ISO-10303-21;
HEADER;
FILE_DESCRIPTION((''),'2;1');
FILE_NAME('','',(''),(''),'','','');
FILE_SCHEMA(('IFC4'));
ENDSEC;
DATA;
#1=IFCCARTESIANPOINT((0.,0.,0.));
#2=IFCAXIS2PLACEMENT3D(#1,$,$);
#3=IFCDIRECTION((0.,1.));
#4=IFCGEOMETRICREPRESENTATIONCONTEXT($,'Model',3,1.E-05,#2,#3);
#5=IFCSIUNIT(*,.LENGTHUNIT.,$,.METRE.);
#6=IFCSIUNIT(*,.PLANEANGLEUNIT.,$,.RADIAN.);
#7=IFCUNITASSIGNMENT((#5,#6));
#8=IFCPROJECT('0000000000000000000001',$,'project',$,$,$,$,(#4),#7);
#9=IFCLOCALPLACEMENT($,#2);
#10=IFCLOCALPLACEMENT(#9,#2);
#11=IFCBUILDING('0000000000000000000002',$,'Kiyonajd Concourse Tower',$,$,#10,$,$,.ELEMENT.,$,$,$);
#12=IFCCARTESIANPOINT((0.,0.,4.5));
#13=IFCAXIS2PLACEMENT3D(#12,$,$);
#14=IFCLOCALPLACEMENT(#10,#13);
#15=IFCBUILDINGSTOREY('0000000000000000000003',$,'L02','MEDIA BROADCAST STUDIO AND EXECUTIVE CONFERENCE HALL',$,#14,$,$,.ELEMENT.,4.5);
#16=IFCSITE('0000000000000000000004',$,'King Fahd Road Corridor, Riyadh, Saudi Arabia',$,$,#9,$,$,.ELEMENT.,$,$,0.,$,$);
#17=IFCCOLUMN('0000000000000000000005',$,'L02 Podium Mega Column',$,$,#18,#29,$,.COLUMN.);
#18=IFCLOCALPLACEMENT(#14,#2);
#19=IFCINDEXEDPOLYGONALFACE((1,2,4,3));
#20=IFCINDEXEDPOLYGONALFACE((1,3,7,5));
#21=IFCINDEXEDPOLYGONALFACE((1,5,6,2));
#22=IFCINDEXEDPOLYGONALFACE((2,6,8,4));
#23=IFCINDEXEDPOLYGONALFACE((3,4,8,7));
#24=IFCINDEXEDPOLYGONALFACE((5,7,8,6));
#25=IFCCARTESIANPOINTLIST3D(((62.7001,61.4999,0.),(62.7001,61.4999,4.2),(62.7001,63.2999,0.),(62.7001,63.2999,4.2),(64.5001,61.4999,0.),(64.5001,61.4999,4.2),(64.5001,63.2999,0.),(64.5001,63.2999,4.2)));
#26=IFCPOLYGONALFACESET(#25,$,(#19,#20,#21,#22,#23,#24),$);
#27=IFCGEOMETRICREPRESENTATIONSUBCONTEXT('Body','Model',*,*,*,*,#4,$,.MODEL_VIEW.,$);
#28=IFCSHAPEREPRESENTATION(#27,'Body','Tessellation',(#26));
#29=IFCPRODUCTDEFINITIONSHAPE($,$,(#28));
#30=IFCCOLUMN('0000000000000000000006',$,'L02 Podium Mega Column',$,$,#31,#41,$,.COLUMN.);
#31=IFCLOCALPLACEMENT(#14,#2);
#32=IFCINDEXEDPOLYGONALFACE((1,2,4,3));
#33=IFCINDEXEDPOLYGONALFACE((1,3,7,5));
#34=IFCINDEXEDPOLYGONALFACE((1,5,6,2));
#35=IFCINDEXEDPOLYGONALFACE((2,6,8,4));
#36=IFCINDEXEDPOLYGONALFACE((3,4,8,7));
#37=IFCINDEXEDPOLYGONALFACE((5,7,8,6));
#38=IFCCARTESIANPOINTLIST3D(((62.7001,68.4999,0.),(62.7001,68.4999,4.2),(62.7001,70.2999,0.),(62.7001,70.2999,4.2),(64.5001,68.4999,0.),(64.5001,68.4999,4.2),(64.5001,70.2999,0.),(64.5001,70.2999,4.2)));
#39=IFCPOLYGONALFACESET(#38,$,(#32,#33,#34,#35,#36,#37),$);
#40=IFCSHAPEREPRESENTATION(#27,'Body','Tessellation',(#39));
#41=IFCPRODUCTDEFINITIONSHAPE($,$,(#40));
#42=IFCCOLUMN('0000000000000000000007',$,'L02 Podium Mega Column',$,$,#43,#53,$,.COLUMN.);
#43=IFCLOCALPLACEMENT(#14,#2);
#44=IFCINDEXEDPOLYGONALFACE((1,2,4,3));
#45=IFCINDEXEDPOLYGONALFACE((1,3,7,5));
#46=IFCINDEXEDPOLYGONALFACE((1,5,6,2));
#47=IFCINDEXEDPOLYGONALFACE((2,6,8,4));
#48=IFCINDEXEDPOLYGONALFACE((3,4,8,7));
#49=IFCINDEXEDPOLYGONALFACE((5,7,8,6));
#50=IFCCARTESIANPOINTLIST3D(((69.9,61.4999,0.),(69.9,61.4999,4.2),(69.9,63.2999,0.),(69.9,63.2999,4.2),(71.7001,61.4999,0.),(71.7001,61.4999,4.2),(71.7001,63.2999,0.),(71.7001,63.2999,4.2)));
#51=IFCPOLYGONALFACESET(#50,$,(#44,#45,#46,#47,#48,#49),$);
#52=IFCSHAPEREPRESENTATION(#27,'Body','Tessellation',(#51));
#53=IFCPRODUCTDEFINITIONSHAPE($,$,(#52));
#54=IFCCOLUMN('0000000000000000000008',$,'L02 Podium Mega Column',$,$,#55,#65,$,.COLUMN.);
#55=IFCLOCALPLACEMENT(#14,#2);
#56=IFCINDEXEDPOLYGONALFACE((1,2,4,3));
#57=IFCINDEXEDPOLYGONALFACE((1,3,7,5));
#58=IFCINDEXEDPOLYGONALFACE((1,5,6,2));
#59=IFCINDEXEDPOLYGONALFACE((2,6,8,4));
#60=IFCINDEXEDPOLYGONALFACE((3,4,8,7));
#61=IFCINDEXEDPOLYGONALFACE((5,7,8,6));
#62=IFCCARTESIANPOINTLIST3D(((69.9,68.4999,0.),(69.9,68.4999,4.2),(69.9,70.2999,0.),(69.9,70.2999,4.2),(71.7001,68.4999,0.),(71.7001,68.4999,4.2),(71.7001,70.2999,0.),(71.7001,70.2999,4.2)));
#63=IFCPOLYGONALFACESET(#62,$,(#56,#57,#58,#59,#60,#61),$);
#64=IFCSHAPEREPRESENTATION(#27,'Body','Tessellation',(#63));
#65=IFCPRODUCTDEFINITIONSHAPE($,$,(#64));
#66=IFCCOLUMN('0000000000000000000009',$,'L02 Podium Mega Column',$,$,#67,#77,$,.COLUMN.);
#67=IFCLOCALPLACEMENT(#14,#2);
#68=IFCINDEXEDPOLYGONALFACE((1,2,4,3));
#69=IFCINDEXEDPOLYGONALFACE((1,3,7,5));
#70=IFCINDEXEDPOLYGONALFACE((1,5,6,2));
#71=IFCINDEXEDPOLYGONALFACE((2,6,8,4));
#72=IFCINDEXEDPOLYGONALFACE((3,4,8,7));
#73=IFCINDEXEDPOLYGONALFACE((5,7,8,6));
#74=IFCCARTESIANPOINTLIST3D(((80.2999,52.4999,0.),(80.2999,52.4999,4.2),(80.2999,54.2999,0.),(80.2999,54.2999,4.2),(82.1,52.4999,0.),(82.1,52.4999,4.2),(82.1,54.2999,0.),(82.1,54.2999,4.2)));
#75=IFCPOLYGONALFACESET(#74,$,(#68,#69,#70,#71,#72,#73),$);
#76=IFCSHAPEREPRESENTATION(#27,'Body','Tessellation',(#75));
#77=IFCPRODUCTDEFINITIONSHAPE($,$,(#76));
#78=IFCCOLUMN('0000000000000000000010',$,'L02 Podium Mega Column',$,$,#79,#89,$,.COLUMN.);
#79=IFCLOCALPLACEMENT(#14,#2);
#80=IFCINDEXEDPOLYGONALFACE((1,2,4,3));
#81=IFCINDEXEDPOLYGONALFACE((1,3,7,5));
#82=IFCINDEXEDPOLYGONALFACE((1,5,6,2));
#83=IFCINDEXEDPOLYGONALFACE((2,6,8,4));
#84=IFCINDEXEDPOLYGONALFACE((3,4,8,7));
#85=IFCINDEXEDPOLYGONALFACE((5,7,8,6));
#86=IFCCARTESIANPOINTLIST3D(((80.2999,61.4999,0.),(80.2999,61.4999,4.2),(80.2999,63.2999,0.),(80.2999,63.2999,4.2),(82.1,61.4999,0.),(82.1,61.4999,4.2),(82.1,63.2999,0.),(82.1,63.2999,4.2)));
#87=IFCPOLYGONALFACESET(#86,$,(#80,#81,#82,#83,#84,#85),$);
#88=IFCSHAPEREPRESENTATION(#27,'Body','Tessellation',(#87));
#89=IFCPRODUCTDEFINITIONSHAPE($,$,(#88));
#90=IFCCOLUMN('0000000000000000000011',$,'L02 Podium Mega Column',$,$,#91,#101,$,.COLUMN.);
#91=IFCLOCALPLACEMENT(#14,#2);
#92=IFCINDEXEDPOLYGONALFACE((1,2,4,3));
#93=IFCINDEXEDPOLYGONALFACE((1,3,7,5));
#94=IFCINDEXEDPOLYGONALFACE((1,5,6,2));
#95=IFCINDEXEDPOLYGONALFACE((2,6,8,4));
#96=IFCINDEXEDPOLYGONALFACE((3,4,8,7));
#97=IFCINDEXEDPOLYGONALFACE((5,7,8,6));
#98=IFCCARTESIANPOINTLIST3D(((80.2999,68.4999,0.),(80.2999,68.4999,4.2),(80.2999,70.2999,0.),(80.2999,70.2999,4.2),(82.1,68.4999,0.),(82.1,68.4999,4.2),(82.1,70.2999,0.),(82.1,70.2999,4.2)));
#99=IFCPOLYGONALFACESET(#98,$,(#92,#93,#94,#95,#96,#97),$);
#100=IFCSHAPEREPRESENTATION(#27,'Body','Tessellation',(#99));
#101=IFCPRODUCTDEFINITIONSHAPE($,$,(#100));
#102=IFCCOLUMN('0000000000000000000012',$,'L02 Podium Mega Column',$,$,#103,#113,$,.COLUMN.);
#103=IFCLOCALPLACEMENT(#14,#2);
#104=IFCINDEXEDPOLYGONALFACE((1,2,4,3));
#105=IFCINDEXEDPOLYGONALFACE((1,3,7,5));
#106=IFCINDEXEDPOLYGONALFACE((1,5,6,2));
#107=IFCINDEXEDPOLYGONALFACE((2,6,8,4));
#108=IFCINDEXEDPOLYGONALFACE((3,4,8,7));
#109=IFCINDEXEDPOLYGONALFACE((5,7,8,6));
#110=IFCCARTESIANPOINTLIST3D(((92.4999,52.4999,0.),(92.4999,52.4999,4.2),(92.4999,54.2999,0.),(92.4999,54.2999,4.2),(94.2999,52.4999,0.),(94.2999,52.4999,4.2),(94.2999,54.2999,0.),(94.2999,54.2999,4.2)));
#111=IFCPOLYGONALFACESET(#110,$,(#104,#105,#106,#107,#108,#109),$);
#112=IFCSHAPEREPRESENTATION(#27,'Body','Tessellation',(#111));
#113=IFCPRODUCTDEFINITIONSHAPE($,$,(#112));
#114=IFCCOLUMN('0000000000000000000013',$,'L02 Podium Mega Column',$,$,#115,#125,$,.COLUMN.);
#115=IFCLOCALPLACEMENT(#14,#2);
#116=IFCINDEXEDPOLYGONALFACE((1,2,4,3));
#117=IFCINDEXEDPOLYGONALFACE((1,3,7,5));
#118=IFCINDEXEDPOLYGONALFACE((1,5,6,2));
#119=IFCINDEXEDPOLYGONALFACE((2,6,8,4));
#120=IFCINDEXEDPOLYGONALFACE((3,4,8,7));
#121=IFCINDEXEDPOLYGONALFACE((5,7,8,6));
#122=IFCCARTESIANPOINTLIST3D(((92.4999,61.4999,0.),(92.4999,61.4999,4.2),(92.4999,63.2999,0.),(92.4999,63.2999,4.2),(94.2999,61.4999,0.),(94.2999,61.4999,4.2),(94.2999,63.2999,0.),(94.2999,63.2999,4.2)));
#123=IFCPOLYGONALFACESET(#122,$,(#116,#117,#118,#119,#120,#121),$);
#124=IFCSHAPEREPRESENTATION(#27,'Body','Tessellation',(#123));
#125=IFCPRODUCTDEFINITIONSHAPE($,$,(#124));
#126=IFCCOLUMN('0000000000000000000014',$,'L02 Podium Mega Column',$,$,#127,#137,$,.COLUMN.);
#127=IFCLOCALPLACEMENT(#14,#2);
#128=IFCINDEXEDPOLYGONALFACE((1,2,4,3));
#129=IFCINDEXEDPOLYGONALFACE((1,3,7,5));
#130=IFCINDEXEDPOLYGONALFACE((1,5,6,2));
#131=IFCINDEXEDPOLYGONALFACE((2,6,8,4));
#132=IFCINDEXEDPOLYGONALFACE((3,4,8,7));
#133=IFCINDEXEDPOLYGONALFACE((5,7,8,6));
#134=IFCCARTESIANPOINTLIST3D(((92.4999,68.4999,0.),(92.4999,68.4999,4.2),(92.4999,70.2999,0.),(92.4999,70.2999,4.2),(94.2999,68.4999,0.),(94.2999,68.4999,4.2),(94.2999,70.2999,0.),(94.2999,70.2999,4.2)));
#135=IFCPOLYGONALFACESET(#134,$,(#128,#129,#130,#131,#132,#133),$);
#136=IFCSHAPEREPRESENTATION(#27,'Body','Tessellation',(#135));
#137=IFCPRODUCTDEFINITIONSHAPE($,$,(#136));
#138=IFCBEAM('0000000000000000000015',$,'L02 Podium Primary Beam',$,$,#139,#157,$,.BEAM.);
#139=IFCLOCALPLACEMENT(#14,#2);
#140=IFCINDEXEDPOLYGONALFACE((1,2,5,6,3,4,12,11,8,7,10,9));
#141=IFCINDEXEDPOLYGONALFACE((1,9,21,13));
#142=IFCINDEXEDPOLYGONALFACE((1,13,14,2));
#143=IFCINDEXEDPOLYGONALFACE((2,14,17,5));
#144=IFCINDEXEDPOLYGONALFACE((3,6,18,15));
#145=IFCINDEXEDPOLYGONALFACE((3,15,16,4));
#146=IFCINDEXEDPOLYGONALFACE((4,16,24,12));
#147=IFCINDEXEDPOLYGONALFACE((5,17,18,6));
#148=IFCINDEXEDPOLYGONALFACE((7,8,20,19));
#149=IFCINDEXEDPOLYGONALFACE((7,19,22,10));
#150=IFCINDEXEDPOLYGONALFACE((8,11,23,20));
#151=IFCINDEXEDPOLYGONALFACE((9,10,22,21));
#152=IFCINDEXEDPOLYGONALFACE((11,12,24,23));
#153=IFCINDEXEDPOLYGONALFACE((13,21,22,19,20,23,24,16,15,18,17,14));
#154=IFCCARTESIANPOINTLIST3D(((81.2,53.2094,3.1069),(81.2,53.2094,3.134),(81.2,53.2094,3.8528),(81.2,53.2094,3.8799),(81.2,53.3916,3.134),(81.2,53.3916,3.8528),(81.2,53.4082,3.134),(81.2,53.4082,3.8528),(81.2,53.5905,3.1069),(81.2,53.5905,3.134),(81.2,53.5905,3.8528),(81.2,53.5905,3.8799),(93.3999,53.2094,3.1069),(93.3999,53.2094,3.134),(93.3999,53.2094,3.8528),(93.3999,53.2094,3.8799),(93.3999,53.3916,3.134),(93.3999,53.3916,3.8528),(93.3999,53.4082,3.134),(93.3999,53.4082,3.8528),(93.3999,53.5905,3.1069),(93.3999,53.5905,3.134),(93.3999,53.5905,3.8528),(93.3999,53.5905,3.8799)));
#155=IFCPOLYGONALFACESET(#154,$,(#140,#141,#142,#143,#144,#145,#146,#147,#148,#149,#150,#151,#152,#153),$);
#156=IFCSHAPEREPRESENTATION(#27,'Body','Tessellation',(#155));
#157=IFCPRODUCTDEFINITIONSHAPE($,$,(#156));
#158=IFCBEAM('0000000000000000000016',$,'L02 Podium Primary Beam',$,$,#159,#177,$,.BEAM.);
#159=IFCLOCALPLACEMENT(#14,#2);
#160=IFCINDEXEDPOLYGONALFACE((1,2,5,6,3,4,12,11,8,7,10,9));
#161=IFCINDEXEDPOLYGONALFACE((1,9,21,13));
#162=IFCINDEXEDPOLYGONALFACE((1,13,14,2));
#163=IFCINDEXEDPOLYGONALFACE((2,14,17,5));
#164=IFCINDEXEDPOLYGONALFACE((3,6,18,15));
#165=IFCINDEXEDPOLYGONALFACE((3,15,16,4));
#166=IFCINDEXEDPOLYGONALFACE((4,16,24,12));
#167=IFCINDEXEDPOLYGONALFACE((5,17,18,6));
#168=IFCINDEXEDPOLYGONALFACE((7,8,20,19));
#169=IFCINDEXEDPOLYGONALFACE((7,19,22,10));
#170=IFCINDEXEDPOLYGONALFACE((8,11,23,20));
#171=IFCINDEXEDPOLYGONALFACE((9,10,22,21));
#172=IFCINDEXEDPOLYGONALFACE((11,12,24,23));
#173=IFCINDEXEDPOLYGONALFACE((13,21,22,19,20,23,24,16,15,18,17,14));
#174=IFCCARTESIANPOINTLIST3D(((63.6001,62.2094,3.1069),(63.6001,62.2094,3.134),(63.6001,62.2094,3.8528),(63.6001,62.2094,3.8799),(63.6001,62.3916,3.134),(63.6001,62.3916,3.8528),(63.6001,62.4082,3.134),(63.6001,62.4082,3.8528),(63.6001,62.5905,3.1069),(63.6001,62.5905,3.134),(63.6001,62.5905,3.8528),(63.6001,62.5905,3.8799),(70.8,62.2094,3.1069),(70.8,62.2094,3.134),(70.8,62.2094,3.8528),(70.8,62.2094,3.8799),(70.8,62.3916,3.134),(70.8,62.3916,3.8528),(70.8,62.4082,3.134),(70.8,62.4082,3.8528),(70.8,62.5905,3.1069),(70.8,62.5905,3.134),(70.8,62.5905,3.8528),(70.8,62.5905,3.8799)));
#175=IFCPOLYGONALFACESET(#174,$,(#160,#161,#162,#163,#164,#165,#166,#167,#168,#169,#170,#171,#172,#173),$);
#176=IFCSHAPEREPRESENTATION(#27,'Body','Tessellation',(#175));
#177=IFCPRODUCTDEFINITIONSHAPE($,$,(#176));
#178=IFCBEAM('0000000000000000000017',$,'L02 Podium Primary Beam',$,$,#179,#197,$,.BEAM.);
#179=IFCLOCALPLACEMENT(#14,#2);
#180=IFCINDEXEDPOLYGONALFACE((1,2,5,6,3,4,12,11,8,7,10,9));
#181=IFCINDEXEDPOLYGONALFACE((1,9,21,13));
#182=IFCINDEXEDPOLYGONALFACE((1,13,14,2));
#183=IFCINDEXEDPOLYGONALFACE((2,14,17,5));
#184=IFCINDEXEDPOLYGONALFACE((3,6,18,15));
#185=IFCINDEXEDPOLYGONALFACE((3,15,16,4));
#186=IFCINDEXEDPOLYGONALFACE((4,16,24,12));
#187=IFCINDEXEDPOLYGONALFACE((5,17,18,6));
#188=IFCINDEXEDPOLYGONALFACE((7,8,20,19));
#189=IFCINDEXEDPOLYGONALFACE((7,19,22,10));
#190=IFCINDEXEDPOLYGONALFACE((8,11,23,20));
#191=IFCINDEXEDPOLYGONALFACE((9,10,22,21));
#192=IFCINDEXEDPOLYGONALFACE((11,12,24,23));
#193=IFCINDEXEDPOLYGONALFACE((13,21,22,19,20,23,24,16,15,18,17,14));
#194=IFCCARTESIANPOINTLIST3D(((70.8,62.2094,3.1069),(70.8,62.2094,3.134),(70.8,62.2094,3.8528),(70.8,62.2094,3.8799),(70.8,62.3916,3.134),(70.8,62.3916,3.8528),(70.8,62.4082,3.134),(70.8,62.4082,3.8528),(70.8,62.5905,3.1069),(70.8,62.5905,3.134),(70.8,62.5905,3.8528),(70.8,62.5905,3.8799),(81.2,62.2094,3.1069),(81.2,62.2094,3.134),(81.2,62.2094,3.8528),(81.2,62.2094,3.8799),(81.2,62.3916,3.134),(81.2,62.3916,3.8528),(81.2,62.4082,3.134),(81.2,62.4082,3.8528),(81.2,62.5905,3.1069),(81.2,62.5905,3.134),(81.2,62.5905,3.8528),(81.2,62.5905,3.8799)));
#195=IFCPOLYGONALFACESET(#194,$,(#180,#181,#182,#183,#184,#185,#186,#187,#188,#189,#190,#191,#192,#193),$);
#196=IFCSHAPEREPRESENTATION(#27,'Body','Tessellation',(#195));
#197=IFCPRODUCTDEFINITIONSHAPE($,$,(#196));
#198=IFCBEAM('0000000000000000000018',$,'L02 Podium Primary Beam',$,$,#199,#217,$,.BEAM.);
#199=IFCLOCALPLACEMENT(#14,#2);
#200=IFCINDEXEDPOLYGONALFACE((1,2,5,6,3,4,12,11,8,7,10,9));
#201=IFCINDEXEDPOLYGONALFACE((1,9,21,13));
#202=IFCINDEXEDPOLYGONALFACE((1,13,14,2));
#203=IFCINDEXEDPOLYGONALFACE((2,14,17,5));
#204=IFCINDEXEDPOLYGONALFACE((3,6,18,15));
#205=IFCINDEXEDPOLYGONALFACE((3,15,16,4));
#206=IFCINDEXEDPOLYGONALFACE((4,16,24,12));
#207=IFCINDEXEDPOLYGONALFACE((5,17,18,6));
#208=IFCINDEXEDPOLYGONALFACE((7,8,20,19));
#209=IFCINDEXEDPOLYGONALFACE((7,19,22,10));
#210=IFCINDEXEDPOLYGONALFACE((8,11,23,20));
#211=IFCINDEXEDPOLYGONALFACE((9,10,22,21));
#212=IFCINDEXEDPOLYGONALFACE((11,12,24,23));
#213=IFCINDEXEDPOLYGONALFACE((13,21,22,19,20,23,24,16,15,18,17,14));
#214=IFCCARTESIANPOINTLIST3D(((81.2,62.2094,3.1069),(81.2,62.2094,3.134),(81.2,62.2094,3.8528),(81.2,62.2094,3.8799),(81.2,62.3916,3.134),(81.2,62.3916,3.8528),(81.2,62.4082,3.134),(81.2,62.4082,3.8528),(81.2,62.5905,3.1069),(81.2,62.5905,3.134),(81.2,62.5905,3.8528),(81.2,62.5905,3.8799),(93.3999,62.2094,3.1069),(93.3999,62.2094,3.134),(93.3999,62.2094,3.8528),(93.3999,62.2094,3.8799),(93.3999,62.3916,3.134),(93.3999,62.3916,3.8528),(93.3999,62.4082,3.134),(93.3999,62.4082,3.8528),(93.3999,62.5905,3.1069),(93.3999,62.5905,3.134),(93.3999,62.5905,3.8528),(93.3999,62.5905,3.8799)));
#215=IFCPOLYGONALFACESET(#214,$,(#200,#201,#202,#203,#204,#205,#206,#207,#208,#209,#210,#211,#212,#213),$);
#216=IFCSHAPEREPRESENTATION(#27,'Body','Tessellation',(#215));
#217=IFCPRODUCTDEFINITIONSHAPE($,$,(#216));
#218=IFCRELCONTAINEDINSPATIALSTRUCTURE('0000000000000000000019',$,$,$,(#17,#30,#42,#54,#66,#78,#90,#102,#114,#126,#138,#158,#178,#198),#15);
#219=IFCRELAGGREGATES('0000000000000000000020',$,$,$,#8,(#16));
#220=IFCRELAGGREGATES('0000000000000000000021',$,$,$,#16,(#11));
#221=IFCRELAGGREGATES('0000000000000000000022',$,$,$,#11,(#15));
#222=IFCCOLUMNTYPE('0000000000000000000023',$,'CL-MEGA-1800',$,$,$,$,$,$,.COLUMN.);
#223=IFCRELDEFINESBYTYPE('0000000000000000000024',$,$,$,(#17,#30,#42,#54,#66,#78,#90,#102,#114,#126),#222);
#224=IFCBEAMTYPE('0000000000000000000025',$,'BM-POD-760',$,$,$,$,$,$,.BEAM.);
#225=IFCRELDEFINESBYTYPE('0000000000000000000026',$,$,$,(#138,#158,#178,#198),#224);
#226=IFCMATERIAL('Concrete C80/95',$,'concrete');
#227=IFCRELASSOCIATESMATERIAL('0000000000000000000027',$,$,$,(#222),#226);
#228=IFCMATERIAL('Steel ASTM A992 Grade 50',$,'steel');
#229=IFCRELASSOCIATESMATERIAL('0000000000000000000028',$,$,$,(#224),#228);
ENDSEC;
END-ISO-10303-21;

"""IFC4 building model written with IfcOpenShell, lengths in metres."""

from ifc_helpers import new_model, si_unit, direction, frame, origin, origin_2d, place, context, subcontext, project, spatial, rectangle, i_section, extrude, material, material_profile, profile_set, type_object, element, save


model = new_model("IFC4")

# Units and contexts
model_context = context("Model", 3, precision=1e-05, world=origin(), true_north=direction((0.0, 1.0)))
body_context = subcontext(model_context, "Body", "Model", "MODEL_VIEW")
ifc_project = project(units=[si_unit("LENGTHUNIT", "METRE"), si_unit("PLANEANGLEUNIT", "RADIAN")], contexts=[model_context])

# Site, building, storey
site_placement = place(None, origin())
site = spatial("IfcSite", under=ifc_project, at=site_placement, Name="King Fahd Road Corridor, Riyadh, Saudi Arabia", CompositionType="ELEMENT", RefElevation=0.0)
building_placement = place(site_placement, origin())
building = spatial("IfcBuilding", under=site, at=building_placement, Name="Kiyonajd Concourse Tower", CompositionType="ELEMENT")
storey_placement = place(building_placement, frame((0.0, 0.0, 4.5)))
storey = spatial("IfcBuildingStorey", under=building, at=storey_placement, Name="L02", Description="MEDIA BROADCAST STUDIO AND EXECUTIVE CONFERENCE HALL", CompositionType="ELEMENT", Elevation=4.5)

# Columns
ifc_material_1 = material(Name="Concrete C80/95", Category="concrete")
ifc_material_profile_1 = material_profile(ifc_material_1, rectangle(XDim=1.8, YDim=1.8, at=origin_2d()), Name="RC-1800x1800")
ifc_profile_set_1 = profile_set([ifc_material_profile_1], Name="Concrete C80/95")
column_type = type_object("IfcColumnType", Name="CL-MEGA-1800", PredefinedType="COLUMN", material=ifc_profile_set_1)
for number, where, z_axis, x_axis, name in (
    (1, (63.6001, 62.3999, 0.0), (0.0, 0.0, 1.0), (1.0, 0.0, 0.0), "L02 Podium Mega Column"),
    (2, (63.6001, 69.3999, 0.0), (0.0, 0.0, 1.0), (1.0, 0.0, 0.0), "L02 Podium Mega Column"),
    (3, (70.8, 62.3999, 0.0), (0.0, 0.0, 1.0), (1.0, 0.0, 0.0), "L02 Podium Mega Column"),
    (4, (70.8, 69.3999, 0.0), (0.0, 0.0, 1.0), (1.0, 0.0, 0.0), "L02 Podium Mega Column"),
    (5, (81.2, 53.3999, 0.0), (0.0, 0.0, 1.0), (1.0, 0.0, 0.0), "L02 Podium Mega Column"),
    (6, (81.2, 62.3999, 0.0), (0.0, 0.0, 1.0), (1.0, 0.0, 0.0), "L02 Podium Mega Column"),
    (7, (81.2, 69.3999, 0.0), (0.0, 0.0, 1.0), (1.0, 0.0, 0.0), "L02 Podium Mega Column"),
    (8, (93.3999, 53.3999, 0.0), (0.0, 0.0, 1.0), (1.0, 0.0, 0.0), "L02 Podium Mega Column"),
    (9, (93.3999, 62.3999, 0.0), (0.0, 0.0, 1.0), (1.0, 0.0, 0.0), "L02 Podium Mega Column"),
    (10, (93.3999, 69.3999, 0.0), (0.0, 0.0, 1.0), (1.0, 0.0, 0.0), "L02 Podium Mega Column"),
):
    element("IfcColumn", number, at=place(storey_placement, frame(where, z_axis=z_axis, x_axis=x_axis)), inside=storey, type_object=column_type, Name=name, PredefinedType="COLUMN", context=body_context, shape_type="SweptSolid", body=[
        extrude(rectangle(XDim=1.8, YDim=1.8, at=origin_2d()), origin(), (0.0, 0.0, 1.0), 4.2),
    ])

# Beams
ifc_material_2 = material(Name="Steel ASTM A992 Grade 50", Category="steel")
ifc_material_profile_2 = material_profile(ifc_material_2, i_section(OverallWidth=0.3811, OverallDepth=0.7729, WebThickness=0.0166, FlangeThickness=0.0271, at=origin_2d()), Name="W760X257")
ifc_profile_set_2 = profile_set([ifc_material_profile_2], Name="Steel ASTM A992 Grade 50")
beam_type = type_object("IfcBeamType", Name="BM-POD-760", PredefinedType="BEAM", material=ifc_profile_set_2)
beam_1_placement = place(storey_placement, frame((81.2, 53.3999, 3.4934), z_axis=(1.0, 0.0, 0.0), x_axis=(0.0, 1.0, 0.0)))
element("IfcBeam", 11, at=beam_1_placement, inside=storey, type_object=beam_type, Name="L02 Podium Primary Beam", PredefinedType="BEAM", context=body_context, shape_type="SweptSolid", body=[
    extrude(i_section(OverallWidth=0.3811, OverallDepth=0.7729, WebThickness=0.0166, FlangeThickness=0.0271, at=origin_2d()), origin(), (0.0, 0.0, 1.0), 12.2),
])
beam_2_placement = place(storey_placement, frame((63.6001, 62.3999, 3.4934), z_axis=(1.0, 0.0, 0.0), x_axis=(0.0, 1.0, 0.0)))
element("IfcBeam", 12, at=beam_2_placement, inside=storey, type_object=beam_type, Name="L02 Podium Primary Beam", PredefinedType="BEAM", context=body_context, shape_type="SweptSolid", body=[
    extrude(i_section(OverallWidth=0.3811, OverallDepth=0.7729, WebThickness=0.0166, FlangeThickness=0.0271, at=origin_2d()), origin(), (0.0, 0.0, 1.0), 7.2),
])
beam_3_placement = place(storey_placement, frame((70.8, 62.3999, 3.4934), z_axis=(1.0, 0.0, 0.0), x_axis=(0.0, 1.0, 0.0)))
element("IfcBeam", 13, at=beam_3_placement, inside=storey, type_object=beam_type, Name="L02 Podium Primary Beam", PredefinedType="BEAM", context=body_context, shape_type="SweptSolid", body=[
    extrude(i_section(OverallWidth=0.3811, OverallDepth=0.7729, WebThickness=0.0166, FlangeThickness=0.0271, at=origin_2d()), origin(), (0.0, 0.0, 1.0), 10.3999),
])
beam_4_placement = place(storey_placement, frame((81.2, 62.3999, 3.4934), z_axis=(1.0, 0.0, 0.0), x_axis=(0.0, 1.0, 0.0)))
element("IfcBeam", 14, at=beam_4_placement, inside=storey, type_object=beam_type, Name="L02 Podium Primary Beam", PredefinedType="BEAM", context=body_context, shape_type="SweptSolid", body=[
    extrude(i_section(OverallWidth=0.3811, OverallDepth=0.7729, WebThickness=0.0166, FlangeThickness=0.0271, at=origin_2d()), origin(), (0.0, 0.0, 1.0), 12.2),
])

save(model, "model.ifc")
